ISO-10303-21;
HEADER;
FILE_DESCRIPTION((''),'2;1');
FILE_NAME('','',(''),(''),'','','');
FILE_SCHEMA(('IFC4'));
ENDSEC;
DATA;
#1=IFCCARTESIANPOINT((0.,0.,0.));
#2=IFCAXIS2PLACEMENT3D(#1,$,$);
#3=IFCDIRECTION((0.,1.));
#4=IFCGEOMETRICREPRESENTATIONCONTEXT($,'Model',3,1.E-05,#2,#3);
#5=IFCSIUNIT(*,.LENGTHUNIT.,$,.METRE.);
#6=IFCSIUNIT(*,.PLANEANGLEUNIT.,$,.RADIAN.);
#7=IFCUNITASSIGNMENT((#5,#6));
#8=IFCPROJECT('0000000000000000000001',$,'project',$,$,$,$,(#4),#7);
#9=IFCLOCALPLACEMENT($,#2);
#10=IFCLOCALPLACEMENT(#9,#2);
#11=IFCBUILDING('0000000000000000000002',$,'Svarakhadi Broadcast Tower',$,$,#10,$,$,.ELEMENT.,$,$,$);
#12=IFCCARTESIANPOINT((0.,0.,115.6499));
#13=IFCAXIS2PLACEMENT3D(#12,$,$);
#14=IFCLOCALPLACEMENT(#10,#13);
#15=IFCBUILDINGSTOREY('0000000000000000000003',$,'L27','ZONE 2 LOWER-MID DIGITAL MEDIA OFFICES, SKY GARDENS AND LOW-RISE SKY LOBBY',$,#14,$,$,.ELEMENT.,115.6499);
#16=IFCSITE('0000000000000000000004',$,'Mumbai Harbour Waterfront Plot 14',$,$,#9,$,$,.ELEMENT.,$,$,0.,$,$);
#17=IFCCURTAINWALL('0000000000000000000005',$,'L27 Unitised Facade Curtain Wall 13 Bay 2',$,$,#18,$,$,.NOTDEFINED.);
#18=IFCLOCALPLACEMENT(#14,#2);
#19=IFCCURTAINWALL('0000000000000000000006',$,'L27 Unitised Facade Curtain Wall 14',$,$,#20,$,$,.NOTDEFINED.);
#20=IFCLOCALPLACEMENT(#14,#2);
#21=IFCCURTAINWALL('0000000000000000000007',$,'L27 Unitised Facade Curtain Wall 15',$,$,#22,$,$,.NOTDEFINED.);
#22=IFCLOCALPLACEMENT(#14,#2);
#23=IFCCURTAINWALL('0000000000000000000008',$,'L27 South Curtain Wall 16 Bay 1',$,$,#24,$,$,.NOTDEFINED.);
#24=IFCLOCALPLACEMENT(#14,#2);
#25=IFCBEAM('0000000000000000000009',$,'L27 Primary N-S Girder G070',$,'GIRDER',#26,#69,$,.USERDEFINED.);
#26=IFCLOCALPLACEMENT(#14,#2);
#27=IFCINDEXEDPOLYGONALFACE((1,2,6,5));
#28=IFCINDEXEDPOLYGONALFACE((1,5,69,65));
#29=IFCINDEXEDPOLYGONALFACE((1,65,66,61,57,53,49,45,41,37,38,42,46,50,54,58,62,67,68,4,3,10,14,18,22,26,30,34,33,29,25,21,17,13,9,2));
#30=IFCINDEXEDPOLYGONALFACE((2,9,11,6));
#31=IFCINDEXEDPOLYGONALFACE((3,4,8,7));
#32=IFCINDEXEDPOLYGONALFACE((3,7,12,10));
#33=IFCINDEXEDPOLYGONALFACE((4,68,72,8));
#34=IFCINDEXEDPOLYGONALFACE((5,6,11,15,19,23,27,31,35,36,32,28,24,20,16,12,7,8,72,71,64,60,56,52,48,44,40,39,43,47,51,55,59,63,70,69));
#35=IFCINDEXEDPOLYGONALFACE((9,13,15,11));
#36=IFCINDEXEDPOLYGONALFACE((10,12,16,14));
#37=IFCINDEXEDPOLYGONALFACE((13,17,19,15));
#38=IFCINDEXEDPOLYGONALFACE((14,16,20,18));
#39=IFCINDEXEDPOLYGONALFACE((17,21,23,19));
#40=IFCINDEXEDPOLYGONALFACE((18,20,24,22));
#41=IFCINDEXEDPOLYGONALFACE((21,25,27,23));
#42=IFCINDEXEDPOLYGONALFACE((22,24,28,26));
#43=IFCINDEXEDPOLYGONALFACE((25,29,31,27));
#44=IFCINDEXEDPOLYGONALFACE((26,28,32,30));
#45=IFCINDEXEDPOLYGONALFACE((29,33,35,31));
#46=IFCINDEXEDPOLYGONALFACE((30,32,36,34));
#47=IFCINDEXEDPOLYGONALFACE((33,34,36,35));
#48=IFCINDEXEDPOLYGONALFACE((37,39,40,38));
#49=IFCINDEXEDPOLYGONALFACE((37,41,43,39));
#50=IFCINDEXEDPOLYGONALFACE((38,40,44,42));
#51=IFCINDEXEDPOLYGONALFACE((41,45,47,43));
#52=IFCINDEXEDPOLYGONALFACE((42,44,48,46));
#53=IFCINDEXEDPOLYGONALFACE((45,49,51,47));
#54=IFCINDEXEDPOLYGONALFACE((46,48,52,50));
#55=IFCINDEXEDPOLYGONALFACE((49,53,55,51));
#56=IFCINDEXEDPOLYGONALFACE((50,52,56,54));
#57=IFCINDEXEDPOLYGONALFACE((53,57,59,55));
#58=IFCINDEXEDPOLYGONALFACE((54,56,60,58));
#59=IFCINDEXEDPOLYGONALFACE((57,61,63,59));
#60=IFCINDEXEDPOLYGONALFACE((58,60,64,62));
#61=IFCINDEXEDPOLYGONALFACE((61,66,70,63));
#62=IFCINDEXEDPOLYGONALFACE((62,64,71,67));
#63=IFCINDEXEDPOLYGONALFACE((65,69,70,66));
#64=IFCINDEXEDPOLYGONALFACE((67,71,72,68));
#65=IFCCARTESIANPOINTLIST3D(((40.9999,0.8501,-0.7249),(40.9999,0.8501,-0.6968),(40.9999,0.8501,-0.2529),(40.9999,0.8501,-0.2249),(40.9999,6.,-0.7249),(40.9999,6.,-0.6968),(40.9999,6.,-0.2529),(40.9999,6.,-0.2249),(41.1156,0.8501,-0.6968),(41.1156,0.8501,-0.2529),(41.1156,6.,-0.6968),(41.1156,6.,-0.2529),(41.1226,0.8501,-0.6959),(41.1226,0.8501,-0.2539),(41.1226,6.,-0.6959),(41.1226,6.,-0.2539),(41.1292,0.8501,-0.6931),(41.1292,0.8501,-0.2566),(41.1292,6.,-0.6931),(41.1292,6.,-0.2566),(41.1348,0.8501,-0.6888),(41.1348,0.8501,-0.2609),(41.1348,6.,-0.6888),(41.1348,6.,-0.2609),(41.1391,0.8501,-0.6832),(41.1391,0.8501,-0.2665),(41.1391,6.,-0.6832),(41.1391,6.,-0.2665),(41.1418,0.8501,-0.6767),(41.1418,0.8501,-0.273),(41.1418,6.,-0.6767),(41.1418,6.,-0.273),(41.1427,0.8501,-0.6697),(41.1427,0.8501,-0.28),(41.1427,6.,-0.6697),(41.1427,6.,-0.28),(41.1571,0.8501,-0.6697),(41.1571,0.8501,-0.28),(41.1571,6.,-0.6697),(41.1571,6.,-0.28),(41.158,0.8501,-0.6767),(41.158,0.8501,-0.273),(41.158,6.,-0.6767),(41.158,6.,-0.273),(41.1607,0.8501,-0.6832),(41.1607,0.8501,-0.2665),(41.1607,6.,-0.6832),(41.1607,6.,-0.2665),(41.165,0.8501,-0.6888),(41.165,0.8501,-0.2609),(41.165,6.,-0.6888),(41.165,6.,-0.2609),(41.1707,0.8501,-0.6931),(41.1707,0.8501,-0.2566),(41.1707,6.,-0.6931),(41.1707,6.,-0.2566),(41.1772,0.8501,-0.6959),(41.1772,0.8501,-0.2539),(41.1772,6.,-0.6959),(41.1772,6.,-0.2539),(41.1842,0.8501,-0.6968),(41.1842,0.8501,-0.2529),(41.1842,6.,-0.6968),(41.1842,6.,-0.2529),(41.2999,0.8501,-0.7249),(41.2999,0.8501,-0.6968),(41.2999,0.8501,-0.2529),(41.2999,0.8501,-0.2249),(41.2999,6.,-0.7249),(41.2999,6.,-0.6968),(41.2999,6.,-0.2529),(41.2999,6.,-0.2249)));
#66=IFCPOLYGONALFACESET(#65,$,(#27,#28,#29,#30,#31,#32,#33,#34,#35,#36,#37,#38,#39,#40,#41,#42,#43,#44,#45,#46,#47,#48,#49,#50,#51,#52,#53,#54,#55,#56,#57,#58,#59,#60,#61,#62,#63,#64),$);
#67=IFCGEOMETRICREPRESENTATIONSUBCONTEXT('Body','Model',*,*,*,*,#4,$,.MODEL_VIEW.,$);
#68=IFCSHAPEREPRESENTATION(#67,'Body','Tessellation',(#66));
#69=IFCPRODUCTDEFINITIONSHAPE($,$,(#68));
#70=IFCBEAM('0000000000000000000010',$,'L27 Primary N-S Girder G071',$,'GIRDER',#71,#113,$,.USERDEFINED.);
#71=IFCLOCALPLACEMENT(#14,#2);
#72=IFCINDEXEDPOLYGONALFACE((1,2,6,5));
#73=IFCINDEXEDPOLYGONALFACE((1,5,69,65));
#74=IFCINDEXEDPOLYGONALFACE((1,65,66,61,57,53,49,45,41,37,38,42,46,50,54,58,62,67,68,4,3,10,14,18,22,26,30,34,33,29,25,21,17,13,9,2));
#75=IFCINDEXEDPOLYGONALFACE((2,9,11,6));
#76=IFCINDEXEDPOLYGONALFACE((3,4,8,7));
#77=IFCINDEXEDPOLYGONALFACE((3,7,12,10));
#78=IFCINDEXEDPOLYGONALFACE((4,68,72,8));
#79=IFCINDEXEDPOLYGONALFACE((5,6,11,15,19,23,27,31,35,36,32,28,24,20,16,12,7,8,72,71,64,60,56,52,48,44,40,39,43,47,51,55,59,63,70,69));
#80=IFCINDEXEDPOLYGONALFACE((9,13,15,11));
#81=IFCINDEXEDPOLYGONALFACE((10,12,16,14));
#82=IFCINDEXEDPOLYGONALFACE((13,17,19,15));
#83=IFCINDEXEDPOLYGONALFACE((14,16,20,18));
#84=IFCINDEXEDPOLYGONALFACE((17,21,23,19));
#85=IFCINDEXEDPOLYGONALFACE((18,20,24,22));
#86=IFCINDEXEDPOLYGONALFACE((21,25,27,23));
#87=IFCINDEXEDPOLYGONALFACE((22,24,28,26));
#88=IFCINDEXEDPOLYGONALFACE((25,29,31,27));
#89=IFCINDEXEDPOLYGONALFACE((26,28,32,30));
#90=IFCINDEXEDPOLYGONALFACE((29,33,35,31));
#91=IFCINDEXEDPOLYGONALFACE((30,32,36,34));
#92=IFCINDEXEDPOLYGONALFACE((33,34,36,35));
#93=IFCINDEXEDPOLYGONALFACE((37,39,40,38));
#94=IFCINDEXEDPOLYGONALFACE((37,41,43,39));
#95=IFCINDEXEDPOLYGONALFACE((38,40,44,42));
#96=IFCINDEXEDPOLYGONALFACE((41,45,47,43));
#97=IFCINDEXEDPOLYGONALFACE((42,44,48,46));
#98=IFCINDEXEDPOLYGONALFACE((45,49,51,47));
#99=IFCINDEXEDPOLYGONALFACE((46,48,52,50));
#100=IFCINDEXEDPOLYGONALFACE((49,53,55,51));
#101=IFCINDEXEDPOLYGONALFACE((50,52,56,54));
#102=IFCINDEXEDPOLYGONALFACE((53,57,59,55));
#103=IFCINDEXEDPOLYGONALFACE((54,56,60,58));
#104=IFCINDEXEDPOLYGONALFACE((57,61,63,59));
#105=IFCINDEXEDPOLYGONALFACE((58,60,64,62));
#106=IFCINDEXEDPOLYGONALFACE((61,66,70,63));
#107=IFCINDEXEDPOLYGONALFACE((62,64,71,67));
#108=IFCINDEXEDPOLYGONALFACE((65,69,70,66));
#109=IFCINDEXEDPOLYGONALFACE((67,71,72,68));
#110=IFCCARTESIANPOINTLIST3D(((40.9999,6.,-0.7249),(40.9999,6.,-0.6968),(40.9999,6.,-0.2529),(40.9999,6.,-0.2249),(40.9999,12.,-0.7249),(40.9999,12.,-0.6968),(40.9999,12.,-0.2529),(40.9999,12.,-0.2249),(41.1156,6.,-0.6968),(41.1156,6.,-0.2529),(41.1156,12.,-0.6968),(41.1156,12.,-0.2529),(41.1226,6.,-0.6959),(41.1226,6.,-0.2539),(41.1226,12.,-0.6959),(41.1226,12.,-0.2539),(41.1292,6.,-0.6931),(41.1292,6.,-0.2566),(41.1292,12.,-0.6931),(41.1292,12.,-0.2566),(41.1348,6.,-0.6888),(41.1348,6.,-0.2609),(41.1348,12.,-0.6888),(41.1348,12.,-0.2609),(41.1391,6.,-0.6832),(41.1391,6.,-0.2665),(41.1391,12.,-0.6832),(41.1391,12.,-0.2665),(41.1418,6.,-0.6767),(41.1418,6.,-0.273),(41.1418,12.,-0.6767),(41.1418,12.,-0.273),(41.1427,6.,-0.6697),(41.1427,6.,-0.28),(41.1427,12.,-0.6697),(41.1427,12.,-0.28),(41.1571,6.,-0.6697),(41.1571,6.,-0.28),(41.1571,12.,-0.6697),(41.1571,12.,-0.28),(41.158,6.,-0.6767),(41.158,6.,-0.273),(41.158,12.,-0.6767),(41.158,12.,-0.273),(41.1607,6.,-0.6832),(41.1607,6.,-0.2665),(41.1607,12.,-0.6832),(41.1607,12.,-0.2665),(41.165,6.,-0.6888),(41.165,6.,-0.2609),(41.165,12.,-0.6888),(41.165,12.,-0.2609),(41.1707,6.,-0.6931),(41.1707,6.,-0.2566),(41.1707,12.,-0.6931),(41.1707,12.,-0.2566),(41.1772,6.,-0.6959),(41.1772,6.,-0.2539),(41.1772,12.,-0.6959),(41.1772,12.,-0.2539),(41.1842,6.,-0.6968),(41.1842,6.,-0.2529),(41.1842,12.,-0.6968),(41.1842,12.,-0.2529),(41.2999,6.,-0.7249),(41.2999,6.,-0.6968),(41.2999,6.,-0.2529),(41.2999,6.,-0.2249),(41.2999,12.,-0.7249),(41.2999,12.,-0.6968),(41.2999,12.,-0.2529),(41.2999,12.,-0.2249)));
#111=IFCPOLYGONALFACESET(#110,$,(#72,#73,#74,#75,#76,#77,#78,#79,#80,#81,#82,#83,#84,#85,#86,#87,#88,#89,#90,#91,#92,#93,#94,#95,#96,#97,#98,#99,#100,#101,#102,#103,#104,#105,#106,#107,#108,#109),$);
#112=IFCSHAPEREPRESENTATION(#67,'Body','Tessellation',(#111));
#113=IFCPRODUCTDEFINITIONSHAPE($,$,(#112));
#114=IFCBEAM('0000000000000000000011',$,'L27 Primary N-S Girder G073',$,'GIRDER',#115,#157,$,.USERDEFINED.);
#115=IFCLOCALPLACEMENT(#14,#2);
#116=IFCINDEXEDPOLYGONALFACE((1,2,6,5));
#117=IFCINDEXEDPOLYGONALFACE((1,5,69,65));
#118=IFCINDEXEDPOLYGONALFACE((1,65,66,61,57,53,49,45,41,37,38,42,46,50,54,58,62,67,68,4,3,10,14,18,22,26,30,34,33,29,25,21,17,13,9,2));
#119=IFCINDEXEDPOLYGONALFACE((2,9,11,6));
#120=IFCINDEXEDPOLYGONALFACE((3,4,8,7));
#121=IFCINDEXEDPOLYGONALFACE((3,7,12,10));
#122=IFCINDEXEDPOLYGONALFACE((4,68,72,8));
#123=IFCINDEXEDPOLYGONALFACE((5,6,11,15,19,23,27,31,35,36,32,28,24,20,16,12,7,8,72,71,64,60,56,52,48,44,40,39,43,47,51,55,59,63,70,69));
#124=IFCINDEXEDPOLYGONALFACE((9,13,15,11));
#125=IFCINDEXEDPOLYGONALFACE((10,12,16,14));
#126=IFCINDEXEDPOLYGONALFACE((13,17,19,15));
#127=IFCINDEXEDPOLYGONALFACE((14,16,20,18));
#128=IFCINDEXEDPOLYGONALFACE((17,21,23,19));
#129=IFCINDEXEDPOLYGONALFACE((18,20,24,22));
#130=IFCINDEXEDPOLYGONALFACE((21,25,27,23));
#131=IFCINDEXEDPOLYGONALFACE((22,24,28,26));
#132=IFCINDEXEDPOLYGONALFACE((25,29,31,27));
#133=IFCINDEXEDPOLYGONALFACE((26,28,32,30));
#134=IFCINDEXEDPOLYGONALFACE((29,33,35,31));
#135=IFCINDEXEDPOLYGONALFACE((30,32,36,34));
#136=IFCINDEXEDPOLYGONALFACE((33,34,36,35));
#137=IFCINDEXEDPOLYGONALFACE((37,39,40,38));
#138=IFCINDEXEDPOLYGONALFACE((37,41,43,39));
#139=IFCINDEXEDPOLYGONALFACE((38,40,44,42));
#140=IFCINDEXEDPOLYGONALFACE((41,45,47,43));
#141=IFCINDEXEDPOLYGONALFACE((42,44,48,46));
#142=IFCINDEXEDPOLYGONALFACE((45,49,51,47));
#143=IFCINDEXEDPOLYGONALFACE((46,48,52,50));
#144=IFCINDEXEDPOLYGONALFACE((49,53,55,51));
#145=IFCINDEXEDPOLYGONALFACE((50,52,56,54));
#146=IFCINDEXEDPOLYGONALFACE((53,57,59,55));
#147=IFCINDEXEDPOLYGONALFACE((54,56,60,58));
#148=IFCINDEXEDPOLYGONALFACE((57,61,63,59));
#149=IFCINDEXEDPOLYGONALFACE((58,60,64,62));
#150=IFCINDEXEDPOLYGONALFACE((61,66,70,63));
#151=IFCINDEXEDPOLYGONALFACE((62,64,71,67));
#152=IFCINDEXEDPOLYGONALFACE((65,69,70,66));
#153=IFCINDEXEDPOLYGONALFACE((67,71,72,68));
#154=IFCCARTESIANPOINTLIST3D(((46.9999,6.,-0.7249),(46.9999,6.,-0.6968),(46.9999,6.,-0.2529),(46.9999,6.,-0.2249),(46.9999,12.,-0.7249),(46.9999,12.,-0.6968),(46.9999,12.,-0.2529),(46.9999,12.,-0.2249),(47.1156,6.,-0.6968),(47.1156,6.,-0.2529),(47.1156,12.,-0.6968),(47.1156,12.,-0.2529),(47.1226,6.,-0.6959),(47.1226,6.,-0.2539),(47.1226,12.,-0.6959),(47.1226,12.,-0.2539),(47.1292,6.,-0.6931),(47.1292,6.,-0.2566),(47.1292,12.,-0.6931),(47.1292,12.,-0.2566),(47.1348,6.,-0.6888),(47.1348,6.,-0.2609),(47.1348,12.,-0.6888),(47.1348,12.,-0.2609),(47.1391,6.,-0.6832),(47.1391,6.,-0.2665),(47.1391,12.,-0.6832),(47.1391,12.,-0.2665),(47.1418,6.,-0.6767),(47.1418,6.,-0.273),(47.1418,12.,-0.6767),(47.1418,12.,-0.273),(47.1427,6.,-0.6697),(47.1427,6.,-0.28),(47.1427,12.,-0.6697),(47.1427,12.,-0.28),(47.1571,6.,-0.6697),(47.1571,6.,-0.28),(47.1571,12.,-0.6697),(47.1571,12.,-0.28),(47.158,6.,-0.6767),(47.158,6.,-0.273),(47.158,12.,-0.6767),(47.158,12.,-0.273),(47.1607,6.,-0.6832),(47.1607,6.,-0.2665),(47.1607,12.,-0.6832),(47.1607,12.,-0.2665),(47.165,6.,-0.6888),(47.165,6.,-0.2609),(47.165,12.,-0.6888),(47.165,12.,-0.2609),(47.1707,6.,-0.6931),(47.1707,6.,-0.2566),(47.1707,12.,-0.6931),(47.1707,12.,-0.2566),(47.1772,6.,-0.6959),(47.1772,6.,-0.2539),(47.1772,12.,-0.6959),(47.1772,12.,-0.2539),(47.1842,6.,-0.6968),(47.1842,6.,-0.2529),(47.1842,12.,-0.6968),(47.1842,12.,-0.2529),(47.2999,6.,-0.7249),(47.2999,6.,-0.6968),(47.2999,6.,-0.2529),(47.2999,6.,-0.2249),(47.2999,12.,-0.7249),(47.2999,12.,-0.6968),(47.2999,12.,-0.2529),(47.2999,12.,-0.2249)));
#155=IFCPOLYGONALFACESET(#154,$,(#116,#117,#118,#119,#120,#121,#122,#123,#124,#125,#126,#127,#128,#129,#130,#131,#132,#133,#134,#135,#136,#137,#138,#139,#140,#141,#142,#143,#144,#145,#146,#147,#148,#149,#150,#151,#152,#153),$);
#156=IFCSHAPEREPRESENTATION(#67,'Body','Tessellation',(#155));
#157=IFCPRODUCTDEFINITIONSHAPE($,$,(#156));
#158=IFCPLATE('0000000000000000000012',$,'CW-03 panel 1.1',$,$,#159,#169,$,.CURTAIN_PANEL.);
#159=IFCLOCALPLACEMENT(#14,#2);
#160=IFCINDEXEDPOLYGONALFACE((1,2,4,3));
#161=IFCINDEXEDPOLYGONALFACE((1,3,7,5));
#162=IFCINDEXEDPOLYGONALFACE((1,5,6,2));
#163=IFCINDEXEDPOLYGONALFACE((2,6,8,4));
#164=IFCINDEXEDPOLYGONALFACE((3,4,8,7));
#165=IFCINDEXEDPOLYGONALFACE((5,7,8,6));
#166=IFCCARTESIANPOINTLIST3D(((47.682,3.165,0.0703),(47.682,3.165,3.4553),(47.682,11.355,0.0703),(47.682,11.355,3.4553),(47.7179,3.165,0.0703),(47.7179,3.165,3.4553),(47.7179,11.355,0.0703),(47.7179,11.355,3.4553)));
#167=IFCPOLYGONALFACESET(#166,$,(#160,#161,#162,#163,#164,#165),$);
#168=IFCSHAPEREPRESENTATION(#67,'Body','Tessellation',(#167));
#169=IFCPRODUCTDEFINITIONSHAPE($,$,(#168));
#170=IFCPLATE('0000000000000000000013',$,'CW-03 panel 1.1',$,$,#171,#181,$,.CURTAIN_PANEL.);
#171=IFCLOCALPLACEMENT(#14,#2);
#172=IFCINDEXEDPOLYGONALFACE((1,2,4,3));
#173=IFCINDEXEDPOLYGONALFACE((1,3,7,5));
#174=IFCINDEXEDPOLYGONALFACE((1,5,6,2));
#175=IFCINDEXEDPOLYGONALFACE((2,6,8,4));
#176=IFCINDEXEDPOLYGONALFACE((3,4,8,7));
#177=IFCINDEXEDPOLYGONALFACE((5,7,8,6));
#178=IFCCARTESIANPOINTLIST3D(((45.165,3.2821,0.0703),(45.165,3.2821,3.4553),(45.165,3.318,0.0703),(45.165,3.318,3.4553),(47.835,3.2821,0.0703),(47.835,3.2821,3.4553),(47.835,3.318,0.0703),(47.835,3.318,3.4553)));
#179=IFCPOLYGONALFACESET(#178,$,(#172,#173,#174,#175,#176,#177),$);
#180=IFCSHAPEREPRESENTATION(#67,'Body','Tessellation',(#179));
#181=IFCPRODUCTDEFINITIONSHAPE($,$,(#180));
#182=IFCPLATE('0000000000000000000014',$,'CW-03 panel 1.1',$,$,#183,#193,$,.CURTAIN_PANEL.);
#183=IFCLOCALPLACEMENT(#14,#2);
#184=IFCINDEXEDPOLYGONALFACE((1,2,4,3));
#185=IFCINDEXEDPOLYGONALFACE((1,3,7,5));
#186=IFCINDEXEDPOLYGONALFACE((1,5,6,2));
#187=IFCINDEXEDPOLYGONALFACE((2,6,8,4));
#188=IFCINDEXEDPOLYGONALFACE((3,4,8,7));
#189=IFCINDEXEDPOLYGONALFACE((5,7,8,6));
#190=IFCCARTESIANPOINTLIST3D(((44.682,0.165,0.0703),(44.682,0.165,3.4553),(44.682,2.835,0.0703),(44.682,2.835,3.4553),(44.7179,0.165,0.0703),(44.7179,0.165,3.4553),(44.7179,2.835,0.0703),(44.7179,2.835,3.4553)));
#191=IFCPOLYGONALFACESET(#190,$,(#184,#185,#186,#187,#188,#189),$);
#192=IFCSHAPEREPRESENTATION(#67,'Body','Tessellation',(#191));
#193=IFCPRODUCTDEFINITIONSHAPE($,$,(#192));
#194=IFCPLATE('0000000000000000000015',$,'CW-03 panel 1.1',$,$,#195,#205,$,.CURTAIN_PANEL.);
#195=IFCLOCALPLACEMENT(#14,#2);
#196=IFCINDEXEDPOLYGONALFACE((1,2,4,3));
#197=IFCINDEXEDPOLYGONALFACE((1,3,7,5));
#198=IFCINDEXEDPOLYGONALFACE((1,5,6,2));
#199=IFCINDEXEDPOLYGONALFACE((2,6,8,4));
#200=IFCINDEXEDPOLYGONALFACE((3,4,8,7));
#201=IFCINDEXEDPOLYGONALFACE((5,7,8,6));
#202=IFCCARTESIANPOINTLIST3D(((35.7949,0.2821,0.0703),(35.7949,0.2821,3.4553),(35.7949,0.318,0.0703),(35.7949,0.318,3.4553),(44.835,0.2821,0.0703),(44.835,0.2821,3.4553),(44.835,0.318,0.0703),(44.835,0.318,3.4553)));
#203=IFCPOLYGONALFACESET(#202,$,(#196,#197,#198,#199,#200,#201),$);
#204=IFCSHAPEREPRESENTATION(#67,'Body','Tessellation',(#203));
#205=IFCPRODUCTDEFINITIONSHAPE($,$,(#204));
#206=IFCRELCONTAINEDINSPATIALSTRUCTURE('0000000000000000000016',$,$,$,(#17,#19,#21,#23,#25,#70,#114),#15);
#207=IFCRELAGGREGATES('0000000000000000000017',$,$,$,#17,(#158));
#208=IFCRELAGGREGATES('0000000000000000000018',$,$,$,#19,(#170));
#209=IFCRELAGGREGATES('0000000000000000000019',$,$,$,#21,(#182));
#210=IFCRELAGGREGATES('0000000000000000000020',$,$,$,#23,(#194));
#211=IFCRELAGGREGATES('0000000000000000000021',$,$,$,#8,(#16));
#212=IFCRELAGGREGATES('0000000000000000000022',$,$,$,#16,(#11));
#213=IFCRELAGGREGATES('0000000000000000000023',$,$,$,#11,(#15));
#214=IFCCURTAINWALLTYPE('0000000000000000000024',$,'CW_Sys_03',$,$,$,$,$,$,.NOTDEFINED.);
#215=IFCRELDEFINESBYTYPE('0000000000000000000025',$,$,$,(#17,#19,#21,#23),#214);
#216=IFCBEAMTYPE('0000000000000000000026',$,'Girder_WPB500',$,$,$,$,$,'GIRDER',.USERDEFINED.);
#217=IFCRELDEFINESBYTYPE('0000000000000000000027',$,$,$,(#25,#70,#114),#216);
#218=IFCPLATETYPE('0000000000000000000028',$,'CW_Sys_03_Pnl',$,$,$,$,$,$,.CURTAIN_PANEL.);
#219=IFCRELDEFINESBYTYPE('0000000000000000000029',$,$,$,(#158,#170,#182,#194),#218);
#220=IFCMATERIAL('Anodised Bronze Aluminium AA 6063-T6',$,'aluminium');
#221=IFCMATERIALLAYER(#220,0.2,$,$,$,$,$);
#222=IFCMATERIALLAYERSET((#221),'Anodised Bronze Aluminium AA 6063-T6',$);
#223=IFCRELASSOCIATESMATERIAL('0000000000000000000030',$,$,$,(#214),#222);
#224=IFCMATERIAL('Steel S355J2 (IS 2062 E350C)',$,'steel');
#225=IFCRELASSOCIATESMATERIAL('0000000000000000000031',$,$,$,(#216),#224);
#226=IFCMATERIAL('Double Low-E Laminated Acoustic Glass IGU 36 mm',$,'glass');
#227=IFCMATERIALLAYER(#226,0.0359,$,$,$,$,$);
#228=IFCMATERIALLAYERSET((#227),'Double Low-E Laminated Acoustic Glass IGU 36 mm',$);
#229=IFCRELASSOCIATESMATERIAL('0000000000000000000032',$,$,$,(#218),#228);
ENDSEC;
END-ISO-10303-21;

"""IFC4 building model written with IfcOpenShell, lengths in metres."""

from ifc_helpers import new_model, si_unit, direction, frame, origin, origin_2d, place, context, subcontext, project, spatial, rectangle, i_section, extrude, material, layer, layer_set, material_profile, profile_set, type_object, element, aggregate, save


model = new_model("IFC4")

# Units and contexts
model_context = context("Model", 3, precision=1e-05, world=origin(), true_north=direction((0.0, 1.0)))
body_context = subcontext(model_context, "Body", "Model", "MODEL_VIEW")
ifc_project = project(units=[si_unit("LENGTHUNIT", "METRE"), si_unit("PLANEANGLEUNIT", "RADIAN")], contexts=[model_context])

# Site, building, storey
site_placement = place(None, origin())
site = spatial("IfcSite", under=ifc_project, at=site_placement, Name="Mumbai Harbour Waterfront Plot 14", CompositionType="ELEMENT", RefElevation=0.0)
building_placement = place(site_placement, origin())
building = spatial("IfcBuilding", under=site, at=building_placement, Name="Svarakhadi Broadcast Tower", CompositionType="ELEMENT")
storey_placement = place(building_placement, frame((0.0, 0.0, 115.6499)))
storey = spatial("IfcBuildingStorey", under=building, at=storey_placement, Name="L27", Description="ZONE 2 LOWER-MID DIGITAL MEDIA OFFICES, SKY GARDENS AND LOW-RISE SKY LOBBY", CompositionType="ELEMENT", Elevation=115.6499)

# Shared definitions
ifc_material_1 = material(Name="Steel S355J2 (IS 2062 E350C)", Category="steel")

# Curtain walls
ifc_material_2 = material(Name="Anodised Bronze Aluminium AA 6063-T6", Category="aluminium")
ifc_layer_1 = layer(ifc_material_2, 0.2)
ifc_layer_set_1 = layer_set([ifc_layer_1], Name="Anodised Bronze Aluminium AA 6063-T6")
curtain_wall_type = type_object("IfcCurtainWallType", Name="CW_Sys_03", PredefinedType="NOTDEFINED", material=ifc_layer_set_1)
curtain_wall_1_placement = place(storey_placement, origin())
curtain_wall_1 = element("IfcCurtainWall", 1, at=curtain_wall_1_placement, inside=storey, type_object=curtain_wall_type, Name="L27 Unitised Facade Curtain Wall 13 Bay 2", PredefinedType="NOTDEFINED")
curtain_wall_2_placement = place(storey_placement, origin())
curtain_wall_2 = element("IfcCurtainWall", 2, at=curtain_wall_2_placement, inside=storey, type_object=curtain_wall_type, Name="L27 Unitised Facade Curtain Wall 14", PredefinedType="NOTDEFINED")
curtain_wall_3_placement = place(storey_placement, origin())
curtain_wall_3 = element("IfcCurtainWall", 3, at=curtain_wall_3_placement, inside=storey, type_object=curtain_wall_type, Name="L27 Unitised Facade Curtain Wall 15", PredefinedType="NOTDEFINED")

# Curtain wall
curtain_wall_4_placement = place(storey_placement, origin())
curtain_wall_4 = element("IfcCurtainWall", 4, at=curtain_wall_4_placement, inside=storey, type_object=curtain_wall_type, Name="L27 South Curtain Wall 16 Bay 1", PredefinedType="NOTDEFINED")

# Beams
ifc_material_profile_1 = material_profile(ifc_material_1, i_section(OverallWidth=0.3, OverallDepth=0.5, WebThickness=0.0144, FlangeThickness=0.0281, FilletRadius=0.0271, at=origin_2d()), Name="WPB 500x300x187")
ifc_profile_set_1 = profile_set([ifc_material_profile_1], Name="Steel S355J2 (IS 2062 E350C)")
beam_type_1 = type_object("IfcBeamType", Name="Girder_WPB500", ElementType="GIRDER", PredefinedType="USERDEFINED", material=ifc_profile_set_1)
beam_1_placement = place(storey_placement, frame((41.1499, 0.8501, -0.4749), z_axis=(0.0, 1.0, 0.0), x_axis=(-1.0, 0.0, 0.0)))
element("IfcBeam", 5, at=beam_1_placement, inside=storey, type_object=beam_type_1, Name="L27 Primary N-S Girder G070", ObjectType="GIRDER", PredefinedType="USERDEFINED", context=body_context, shape_type="SweptSolid", body=[
    extrude(i_section(OverallWidth=0.3, OverallDepth=0.5, WebThickness=0.0144, FlangeThickness=0.0281, FilletRadius=0.0271, at=origin_2d()), origin(), (0.0, 0.0, 1.0), 5.1499),
])
for number, where, z_axis, x_axis, name in (
    (6, (41.1499, 6.0, -0.4749), (0.0, 1.0, 0.0), (-1.0, 0.0, 0.0), "L27 Primary N-S Girder G071"),
    (7, (47.1499, 6.0, -0.4749), (0.0, 1.0, 0.0), (-1.0, 0.0, 0.0), "L27 Primary N-S Girder G073"),
):
    element("IfcBeam", number, at=place(storey_placement, frame(where, z_axis=z_axis, x_axis=x_axis)), inside=storey, type_object=beam_type_1, Name=name, ObjectType="GIRDER", PredefinedType="USERDEFINED", context=body_context, shape_type="SweptSolid", body=[
        extrude(i_section(OverallWidth=0.3, OverallDepth=0.5, WebThickness=0.0144, FlangeThickness=0.0281, FilletRadius=0.0271, at=origin_2d()), origin(), (0.0, 0.0, 1.0), 6.0),
    ])

# Plates
ifc_material_3 = material(Name="Double Low-E Laminated Acoustic Glass IGU 36 mm", Category="glass")
ifc_layer_2 = layer(ifc_material_3, 0.0359)
ifc_layer_set_2 = layer_set([ifc_layer_2], Name="Double Low-E Laminated Acoustic Glass IGU 36 mm")
plate_type = type_object("IfcPlateType", Name="CW_Sys_03_Pnl", PredefinedType="CURTAIN_PANEL", material=ifc_layer_set_2)
plate_1_placement = place(storey_placement, frame((47.7, 7.26, 0.0703), z_axis=(0.0, 0.0, 1.0), x_axis=(0.0, -1.0, 0.0)))
plate_1 = element("IfcPlate", 8, at=plate_1_placement, type_object=plate_type, Name="CW-03 panel 1.1", PredefinedType="CURTAIN_PANEL", context=body_context, shape_type="SweptSolid", body=[
    extrude(rectangle(XDim=8.1899, YDim=0.0359, at=origin_2d()), origin(), (0.0, 0.0, 1.0), 3.385),
])
aggregate(curtain_wall_1, [plate_1])
plate_2_placement = place(storey_placement, frame((46.5, 3.3, 0.0703), z_axis=(0.0, 0.0, 1.0), x_axis=(-1.0, 0.0, 0.0)))
plate_2 = element("IfcPlate", 9, at=plate_2_placement, type_object=plate_type, Name="CW-03 panel 1.1", PredefinedType="CURTAIN_PANEL", context=body_context, shape_type="SweptSolid", body=[
    extrude(rectangle(XDim=2.6699, YDim=0.0359, at=origin_2d()), origin(), (0.0, 0.0, 1.0), 3.385),
])
aggregate(curtain_wall_2, [plate_2])
plate_3_placement = place(storey_placement, frame((44.7, 1.5, 0.0703), z_axis=(0.0, 0.0, 1.0), x_axis=(0.0, -1.0, 0.0)))
plate_3 = element("IfcPlate", 10, at=plate_3_placement, type_object=plate_type, Name="CW-03 panel 1.1", PredefinedType="CURTAIN_PANEL", context=body_context, shape_type="SweptSolid", body=[
    extrude(rectangle(XDim=2.6699, YDim=0.0359, at=origin_2d()), origin(), (0.0, 0.0, 1.0), 3.385),
])
aggregate(curtain_wall_3, [plate_3])
plate_4_placement = place(storey_placement, frame((40.3149, 0.3, 0.0703), z_axis=(0.0, 0.0, 1.0), x_axis=(-1.0, 0.0, 0.0)))
plate_4 = element("IfcPlate", 11, at=plate_4_placement, type_object=plate_type, Name="CW-03 panel 1.1", PredefinedType="CURTAIN_PANEL", context=body_context, shape_type="SweptSolid", body=[
    extrude(rectangle(XDim=9.04, YDim=0.0359, at=origin_2d()), origin(), (0.0, 0.0, 1.0), 3.385),
])
aggregate(curtain_wall_4, [plate_4])

save(model, "model.ifc")
